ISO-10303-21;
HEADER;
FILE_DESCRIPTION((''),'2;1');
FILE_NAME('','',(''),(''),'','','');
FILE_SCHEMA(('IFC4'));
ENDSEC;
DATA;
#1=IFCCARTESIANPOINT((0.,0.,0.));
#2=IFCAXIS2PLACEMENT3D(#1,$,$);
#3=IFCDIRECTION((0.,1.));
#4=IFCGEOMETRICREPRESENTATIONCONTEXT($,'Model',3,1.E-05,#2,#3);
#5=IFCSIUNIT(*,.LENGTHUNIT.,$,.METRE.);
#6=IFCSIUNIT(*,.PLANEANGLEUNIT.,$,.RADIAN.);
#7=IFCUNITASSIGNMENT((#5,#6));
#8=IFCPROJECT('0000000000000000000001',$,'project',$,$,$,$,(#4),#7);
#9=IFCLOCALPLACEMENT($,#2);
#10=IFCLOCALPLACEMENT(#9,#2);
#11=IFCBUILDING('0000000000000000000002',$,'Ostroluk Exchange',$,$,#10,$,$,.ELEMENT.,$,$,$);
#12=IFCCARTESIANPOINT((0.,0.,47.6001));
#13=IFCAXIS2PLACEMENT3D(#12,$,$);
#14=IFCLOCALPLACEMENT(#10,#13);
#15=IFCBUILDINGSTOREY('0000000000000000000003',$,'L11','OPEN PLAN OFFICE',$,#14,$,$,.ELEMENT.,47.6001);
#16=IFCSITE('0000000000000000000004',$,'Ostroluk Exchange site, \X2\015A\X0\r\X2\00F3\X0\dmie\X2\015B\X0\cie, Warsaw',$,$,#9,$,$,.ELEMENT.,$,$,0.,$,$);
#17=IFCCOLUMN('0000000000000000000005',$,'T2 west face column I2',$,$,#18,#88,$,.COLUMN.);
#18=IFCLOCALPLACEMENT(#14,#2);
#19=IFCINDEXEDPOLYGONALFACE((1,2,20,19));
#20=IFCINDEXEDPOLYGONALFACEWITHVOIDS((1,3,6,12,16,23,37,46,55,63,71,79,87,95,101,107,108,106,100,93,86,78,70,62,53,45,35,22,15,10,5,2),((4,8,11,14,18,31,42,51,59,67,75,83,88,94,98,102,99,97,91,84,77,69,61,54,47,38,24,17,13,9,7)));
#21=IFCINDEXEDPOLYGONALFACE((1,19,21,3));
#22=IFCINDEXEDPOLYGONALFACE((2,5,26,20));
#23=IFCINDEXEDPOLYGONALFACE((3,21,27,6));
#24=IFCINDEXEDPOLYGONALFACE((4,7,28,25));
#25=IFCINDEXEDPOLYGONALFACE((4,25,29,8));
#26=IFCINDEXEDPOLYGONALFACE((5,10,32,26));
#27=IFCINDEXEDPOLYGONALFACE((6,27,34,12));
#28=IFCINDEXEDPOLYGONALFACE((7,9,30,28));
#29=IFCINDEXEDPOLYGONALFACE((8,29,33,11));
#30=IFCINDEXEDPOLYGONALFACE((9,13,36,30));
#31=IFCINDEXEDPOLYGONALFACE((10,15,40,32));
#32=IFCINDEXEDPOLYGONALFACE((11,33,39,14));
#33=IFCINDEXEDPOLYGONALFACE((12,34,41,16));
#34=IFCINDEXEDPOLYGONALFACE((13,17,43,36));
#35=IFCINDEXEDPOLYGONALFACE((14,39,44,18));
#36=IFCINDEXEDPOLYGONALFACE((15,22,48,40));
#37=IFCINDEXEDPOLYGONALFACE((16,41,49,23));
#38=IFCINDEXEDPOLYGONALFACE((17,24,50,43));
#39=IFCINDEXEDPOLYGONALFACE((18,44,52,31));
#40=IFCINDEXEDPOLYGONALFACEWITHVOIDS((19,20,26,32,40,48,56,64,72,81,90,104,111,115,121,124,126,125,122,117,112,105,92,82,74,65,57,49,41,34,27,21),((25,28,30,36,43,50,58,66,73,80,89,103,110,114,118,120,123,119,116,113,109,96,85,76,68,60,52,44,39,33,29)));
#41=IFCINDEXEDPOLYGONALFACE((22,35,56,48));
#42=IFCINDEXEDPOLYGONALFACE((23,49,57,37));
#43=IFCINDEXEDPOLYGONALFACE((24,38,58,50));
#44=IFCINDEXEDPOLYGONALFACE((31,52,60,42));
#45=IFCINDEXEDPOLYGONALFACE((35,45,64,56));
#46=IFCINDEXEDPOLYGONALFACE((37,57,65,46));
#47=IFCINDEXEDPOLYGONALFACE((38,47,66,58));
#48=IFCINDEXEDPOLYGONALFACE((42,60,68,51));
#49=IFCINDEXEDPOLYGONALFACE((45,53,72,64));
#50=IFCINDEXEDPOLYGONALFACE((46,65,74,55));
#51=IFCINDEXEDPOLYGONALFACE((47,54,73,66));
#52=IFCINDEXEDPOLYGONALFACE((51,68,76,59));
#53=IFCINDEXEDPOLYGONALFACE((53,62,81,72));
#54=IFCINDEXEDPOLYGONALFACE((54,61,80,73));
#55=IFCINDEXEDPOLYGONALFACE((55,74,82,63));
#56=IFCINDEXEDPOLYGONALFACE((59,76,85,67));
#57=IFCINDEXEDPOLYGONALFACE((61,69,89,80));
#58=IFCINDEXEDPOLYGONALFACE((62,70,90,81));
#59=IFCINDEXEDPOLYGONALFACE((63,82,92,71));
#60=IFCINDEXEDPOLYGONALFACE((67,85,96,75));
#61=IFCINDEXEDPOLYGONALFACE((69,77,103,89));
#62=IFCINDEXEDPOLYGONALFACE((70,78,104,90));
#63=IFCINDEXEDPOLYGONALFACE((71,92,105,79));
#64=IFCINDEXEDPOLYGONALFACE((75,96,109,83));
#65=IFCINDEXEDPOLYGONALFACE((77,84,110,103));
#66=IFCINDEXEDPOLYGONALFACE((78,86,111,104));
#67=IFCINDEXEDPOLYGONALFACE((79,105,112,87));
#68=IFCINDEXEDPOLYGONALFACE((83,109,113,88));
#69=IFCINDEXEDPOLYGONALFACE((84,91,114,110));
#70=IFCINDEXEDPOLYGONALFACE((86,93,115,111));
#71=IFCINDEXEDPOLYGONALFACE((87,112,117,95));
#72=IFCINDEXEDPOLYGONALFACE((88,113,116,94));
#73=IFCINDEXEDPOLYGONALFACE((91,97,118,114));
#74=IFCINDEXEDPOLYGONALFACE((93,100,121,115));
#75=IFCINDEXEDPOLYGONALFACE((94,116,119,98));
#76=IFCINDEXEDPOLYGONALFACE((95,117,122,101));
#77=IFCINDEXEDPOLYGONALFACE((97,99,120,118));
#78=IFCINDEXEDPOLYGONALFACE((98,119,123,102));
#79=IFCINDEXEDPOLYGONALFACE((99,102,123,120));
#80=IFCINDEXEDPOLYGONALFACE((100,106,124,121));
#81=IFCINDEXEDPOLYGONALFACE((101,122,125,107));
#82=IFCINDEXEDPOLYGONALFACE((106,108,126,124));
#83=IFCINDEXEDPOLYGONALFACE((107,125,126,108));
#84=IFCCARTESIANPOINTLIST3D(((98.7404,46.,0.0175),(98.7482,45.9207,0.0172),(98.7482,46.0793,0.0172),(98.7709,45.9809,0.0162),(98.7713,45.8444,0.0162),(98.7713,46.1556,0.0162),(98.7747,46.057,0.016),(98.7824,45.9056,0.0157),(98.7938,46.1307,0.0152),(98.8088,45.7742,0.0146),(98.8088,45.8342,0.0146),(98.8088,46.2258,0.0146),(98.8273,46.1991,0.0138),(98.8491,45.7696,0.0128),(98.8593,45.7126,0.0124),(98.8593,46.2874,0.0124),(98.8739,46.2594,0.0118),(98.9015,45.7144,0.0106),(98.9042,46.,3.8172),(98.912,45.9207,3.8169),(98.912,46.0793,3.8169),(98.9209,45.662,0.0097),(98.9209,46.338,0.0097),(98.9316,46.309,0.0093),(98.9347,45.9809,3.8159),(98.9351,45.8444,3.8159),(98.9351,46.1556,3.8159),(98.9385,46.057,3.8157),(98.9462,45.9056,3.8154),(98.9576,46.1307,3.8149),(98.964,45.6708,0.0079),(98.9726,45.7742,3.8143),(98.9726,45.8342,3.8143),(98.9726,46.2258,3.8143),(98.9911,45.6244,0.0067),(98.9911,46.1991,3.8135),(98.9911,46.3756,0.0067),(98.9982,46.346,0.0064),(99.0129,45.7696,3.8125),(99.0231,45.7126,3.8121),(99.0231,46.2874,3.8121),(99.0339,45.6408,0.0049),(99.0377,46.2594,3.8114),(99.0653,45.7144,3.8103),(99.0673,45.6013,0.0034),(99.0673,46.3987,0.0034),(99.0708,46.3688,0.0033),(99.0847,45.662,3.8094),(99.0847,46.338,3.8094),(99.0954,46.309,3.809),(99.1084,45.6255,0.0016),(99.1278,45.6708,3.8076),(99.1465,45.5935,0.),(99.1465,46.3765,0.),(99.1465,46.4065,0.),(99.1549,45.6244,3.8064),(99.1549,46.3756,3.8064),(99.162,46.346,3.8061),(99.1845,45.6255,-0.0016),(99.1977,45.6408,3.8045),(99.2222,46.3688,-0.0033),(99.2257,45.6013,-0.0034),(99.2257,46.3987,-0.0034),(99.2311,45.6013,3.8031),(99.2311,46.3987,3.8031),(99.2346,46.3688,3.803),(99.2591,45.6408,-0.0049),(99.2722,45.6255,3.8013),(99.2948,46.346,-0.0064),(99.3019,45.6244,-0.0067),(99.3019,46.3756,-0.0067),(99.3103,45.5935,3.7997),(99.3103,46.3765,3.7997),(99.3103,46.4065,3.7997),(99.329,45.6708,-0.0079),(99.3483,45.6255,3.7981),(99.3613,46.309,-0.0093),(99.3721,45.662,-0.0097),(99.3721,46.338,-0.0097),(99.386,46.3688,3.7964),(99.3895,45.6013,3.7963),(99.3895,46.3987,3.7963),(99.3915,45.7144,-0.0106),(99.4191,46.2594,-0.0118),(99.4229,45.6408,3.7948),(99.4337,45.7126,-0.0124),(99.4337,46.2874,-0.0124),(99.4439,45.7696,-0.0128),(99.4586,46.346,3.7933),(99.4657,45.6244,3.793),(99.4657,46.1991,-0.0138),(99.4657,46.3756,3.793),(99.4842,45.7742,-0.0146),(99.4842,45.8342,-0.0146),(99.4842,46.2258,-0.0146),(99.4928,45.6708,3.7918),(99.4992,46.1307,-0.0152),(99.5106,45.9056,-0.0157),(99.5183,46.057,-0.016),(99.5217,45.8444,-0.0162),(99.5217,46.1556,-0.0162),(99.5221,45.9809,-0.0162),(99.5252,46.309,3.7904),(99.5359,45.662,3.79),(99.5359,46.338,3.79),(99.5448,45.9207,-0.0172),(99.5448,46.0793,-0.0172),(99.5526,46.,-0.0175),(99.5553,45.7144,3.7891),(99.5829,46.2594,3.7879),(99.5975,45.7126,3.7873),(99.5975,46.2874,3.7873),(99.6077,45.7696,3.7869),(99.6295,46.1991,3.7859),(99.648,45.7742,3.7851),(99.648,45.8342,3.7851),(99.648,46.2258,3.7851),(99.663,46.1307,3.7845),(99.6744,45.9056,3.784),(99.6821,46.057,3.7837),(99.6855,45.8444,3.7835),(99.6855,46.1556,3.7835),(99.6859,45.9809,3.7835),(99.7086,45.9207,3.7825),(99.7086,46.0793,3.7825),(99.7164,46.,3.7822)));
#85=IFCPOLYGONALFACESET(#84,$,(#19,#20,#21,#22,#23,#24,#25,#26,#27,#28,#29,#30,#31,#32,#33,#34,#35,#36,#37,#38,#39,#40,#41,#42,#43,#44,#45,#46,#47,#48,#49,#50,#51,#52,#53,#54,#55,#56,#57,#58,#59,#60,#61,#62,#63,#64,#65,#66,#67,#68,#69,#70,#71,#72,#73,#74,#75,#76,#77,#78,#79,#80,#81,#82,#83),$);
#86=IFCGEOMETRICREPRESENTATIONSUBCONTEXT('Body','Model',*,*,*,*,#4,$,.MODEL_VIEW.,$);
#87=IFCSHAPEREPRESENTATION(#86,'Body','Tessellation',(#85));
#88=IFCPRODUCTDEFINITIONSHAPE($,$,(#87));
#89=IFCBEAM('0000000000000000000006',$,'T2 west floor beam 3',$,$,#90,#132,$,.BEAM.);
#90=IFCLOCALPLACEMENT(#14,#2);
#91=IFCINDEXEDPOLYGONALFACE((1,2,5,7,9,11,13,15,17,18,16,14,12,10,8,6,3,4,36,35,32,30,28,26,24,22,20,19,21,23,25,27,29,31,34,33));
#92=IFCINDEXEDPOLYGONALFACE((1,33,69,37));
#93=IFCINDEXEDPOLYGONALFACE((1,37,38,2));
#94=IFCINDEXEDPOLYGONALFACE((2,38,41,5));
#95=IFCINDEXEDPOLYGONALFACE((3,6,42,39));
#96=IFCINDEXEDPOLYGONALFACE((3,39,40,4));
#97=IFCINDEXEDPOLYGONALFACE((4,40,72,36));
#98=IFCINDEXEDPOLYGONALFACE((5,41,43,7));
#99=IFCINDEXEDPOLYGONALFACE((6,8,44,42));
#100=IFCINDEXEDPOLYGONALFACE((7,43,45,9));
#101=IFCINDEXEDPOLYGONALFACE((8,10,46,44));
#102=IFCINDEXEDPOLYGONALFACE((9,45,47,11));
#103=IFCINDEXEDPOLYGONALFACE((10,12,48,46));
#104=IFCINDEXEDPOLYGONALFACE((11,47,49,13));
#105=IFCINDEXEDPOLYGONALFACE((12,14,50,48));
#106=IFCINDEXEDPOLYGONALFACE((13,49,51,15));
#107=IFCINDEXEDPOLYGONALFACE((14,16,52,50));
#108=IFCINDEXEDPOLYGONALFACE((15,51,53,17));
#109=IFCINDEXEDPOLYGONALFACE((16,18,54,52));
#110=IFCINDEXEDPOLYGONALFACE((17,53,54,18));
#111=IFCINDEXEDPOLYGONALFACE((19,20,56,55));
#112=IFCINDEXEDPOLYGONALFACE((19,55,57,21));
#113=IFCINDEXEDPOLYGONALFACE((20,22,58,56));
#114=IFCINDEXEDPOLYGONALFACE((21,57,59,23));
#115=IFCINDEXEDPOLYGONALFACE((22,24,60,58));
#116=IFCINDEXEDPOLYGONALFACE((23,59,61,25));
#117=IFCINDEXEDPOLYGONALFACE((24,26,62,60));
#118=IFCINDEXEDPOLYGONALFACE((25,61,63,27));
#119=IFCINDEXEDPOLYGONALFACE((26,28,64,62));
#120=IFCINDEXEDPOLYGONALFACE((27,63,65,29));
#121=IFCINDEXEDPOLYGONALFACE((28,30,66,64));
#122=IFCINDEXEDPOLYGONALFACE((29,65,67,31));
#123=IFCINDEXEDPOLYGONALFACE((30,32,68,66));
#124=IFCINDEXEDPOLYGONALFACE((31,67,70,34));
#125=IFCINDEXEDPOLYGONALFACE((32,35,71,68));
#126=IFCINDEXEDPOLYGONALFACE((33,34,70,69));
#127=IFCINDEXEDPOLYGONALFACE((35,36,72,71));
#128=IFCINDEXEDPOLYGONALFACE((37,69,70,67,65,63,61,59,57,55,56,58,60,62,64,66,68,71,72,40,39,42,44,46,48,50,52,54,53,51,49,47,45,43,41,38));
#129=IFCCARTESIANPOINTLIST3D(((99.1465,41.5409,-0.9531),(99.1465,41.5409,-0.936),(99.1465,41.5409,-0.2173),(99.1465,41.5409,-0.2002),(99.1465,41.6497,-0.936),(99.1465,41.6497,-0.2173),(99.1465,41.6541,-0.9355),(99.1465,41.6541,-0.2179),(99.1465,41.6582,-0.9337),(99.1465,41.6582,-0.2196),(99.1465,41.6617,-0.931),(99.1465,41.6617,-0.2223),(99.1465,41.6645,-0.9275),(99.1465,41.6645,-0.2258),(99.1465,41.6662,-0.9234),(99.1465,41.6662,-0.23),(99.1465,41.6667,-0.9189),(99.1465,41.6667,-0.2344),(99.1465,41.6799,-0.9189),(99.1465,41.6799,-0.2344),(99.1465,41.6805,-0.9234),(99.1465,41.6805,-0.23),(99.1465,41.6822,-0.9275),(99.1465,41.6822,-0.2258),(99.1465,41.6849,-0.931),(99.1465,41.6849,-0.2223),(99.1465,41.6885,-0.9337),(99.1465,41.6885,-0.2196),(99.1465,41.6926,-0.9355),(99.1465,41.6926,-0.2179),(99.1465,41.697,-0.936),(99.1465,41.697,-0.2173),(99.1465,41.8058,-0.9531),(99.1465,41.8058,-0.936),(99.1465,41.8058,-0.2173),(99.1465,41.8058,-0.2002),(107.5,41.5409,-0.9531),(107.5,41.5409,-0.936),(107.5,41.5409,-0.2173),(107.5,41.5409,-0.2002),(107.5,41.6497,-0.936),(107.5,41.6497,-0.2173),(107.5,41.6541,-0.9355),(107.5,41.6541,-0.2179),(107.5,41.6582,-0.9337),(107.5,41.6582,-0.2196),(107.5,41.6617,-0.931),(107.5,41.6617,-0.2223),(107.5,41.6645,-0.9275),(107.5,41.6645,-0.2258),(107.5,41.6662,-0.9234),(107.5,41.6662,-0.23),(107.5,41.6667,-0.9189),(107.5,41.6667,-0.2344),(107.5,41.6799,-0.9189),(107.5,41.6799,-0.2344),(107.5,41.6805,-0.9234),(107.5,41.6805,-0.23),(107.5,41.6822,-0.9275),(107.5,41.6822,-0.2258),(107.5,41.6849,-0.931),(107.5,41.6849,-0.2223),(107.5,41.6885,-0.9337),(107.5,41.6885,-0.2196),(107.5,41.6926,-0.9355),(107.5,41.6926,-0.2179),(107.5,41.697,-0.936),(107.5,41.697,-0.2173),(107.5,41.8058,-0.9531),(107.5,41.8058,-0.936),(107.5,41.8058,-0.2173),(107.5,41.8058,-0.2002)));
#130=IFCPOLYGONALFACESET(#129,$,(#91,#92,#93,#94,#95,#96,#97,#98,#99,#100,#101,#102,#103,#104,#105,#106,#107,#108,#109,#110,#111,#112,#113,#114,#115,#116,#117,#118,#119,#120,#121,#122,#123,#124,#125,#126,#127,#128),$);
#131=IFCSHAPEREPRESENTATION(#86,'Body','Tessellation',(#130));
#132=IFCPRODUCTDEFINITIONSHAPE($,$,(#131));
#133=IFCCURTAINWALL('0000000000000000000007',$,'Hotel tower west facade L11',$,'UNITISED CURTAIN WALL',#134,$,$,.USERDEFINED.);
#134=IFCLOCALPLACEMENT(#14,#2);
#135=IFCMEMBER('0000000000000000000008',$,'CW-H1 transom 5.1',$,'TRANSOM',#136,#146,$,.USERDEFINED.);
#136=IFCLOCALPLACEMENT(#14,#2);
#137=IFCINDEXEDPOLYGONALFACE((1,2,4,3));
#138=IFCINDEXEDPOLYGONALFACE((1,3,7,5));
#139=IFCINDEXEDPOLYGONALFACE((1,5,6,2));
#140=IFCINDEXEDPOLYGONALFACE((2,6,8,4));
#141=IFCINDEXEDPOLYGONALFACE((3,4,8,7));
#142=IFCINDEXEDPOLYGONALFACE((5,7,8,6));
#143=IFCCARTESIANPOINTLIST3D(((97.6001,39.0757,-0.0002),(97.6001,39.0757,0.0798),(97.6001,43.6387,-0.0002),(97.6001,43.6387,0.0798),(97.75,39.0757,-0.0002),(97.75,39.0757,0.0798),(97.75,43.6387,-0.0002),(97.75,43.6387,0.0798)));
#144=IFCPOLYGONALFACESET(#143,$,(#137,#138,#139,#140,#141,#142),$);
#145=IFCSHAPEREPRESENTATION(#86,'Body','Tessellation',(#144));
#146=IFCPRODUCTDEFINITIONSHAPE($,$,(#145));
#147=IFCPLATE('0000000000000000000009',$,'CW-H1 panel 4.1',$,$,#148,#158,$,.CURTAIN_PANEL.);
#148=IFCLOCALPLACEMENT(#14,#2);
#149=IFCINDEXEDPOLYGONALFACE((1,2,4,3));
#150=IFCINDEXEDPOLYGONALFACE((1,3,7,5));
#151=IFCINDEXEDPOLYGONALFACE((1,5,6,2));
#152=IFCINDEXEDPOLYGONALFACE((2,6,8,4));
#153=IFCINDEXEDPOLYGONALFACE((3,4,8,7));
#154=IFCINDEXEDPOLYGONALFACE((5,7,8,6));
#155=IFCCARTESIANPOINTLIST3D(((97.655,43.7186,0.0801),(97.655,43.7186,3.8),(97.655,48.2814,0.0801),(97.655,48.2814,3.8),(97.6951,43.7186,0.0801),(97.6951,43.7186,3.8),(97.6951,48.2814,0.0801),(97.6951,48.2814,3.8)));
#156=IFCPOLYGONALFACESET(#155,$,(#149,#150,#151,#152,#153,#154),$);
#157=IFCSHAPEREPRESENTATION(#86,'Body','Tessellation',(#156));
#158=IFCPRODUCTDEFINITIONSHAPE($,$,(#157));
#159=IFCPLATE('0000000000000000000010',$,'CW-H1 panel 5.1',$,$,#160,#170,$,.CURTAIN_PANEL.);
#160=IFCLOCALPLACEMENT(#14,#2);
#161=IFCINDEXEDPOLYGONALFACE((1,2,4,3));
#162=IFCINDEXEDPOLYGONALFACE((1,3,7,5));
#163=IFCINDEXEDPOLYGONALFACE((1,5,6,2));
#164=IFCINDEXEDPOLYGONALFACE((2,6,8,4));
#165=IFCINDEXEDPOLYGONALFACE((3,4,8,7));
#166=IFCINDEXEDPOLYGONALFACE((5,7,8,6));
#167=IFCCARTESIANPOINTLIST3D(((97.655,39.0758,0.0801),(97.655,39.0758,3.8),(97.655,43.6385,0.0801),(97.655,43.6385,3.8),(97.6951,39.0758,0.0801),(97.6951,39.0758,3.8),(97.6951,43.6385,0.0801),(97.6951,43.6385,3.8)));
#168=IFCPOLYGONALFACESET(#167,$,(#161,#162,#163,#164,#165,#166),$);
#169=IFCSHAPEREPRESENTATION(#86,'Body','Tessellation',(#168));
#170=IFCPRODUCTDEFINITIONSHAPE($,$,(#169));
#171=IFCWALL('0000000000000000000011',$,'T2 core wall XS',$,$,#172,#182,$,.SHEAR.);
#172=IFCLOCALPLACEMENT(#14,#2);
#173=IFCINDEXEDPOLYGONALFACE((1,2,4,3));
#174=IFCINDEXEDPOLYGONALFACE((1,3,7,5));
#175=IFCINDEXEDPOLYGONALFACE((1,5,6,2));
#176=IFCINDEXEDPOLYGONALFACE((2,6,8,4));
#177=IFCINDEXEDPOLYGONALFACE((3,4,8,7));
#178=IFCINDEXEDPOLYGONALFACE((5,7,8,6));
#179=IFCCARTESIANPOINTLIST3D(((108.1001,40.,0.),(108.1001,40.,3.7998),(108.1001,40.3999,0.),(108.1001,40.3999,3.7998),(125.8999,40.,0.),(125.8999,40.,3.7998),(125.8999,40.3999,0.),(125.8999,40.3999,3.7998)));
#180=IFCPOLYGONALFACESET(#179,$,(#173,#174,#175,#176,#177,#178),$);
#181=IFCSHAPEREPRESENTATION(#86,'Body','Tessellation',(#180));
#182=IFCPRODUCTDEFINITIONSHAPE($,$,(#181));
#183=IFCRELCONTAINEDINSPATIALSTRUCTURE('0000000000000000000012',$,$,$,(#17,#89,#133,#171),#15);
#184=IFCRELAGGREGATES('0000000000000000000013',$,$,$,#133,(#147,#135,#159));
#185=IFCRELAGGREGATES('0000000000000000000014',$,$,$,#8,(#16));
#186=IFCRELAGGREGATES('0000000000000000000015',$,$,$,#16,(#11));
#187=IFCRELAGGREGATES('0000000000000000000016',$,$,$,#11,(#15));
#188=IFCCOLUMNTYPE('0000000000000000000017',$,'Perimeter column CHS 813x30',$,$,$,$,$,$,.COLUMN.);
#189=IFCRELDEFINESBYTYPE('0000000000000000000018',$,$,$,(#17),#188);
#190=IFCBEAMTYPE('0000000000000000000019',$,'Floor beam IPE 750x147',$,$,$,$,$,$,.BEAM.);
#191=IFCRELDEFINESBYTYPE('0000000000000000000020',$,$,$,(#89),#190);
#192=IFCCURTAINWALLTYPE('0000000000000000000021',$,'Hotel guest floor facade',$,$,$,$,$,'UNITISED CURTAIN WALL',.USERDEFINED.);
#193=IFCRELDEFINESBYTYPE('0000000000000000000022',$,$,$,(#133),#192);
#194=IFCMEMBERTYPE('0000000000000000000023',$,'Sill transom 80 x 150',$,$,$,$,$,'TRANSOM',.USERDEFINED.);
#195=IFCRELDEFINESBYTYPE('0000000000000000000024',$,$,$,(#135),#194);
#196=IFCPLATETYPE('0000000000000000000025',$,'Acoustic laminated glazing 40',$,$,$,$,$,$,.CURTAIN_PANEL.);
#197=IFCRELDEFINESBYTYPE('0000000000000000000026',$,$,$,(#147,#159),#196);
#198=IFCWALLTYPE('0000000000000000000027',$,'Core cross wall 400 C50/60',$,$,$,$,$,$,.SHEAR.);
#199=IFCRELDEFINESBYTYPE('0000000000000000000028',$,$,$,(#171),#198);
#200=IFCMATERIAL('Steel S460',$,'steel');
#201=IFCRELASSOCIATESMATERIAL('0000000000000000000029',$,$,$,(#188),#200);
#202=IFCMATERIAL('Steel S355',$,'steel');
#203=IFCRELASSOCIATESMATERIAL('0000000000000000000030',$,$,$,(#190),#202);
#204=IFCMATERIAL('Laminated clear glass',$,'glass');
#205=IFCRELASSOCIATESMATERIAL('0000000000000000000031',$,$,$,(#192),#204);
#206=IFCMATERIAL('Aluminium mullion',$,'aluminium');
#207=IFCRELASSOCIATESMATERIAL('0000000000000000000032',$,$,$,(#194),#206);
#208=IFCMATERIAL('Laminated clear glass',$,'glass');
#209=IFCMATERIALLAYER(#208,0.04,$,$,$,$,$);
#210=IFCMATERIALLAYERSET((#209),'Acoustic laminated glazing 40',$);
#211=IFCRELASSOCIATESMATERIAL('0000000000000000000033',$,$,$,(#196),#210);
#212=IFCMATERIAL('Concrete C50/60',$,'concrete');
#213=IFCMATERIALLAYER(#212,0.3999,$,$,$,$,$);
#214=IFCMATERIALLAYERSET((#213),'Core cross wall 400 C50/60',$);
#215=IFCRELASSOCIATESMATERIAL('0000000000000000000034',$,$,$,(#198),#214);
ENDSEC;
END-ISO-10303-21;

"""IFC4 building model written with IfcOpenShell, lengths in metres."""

from ifc_helpers import new_model, si_unit, direction, frame, frame_2d, origin, origin_2d, place, context, subcontext, project, spatial, rectangle, hollow_circle, i_section, extrude, material, layer, layer_set, material_profile, profile_set, type_object, element, aggregate, save


model = new_model("IFC4")

# Units and contexts
model_context = context("Model", 3, precision=1e-05, world=origin(), true_north=direction((0.0, 1.0)))
body_context = subcontext(model_context, "Body", "Model", "MODEL_VIEW")
ifc_project = project(units=[si_unit("LENGTHUNIT", "METRE"), si_unit("PLANEANGLEUNIT", "RADIAN")], contexts=[model_context])

# Site, building, storey
site_placement = place(None, origin())
site = spatial("IfcSite", under=ifc_project, at=site_placement, Name="Ostroluk Exchange site, Śródmieście, Warsaw", CompositionType="ELEMENT", RefElevation=0.0)
building_placement = place(site_placement, origin())
building = spatial("IfcBuilding", under=site, at=building_placement, Name="Ostroluk Exchange", CompositionType="ELEMENT")
storey_placement = place(building_placement, frame((0.0, 0.0, 47.6001)))
storey = spatial("IfcBuildingStorey", under=building, at=storey_placement, Name="L11", Description="OPEN PLAN OFFICE", CompositionType="ELEMENT", Elevation=47.6001)

# Column
ifc_material_1 = material(Name="Steel S460", Category="steel")
ifc_material_profile_1 = material_profile(ifc_material_1, hollow_circle(Radius=0.4065, WallThickness=0.03, at=origin_2d()), Name="CHS 813x30")
ifc_profile_set_1 = profile_set([ifc_material_profile_1], Name="Steel S460")
column_type = type_object("IfcColumnType", Name="Perimeter column CHS 813x30", PredefinedType="COLUMN", material=ifc_profile_set_1)
column_placement = place(storey_placement, frame((99.1465, 46.0, 0.0), z_axis=(0.043072, 0.0, 0.999072), x_axis=(0.0, 1.0, 0.0)))
element("IfcColumn", 1, at=column_placement, inside=storey, type_object=column_type, Name="T2 west face column I2", PredefinedType="COLUMN", context=body_context, shape_type="SweptSolid", body=[
    extrude(hollow_circle(Radius=0.4065, WallThickness=0.03, at=origin_2d()), origin(), (0.0, 0.0, 1.0), 3.8032),
])

# Beam
ifc_material_2 = material(Name="Steel S355", Category="steel")
ifc_material_profile_2 = material_profile(ifc_material_2, i_section(OverallWidth=0.2649, OverallDepth=0.7529, WebThickness=0.0132, FlangeThickness=0.0171, FilletRadius=0.0171, at=origin_2d()), Name="IPE 750x147")
ifc_profile_set_2 = profile_set([ifc_material_profile_2], Name="Steel S355")
beam_type = type_object("IfcBeamType", Name="Floor beam IPE 750x147", PredefinedType="BEAM", material=ifc_profile_set_2)
beam_placement = place(storey_placement, frame((107.5, 41.6733, -0.5767), z_axis=(-1.0, 0.0, 0.0), x_axis=(0.0, -1.0, 0.0)))
element("IfcBeam", 2, at=beam_placement, inside=storey, type_object=beam_type, Name="T2 west floor beam 3", PredefinedType="BEAM", context=body_context, shape_type="SweptSolid", body=[
    extrude(i_section(OverallWidth=0.2649, OverallDepth=0.7529, WebThickness=0.0132, FlangeThickness=0.0171, FilletRadius=0.0171, at=origin_2d()), origin(), (0.0, 0.0, 1.0), 8.3535),
])

# Curtain wall, member, plates
ifc_material_3 = material(Name="Laminated clear glass", Category="glass")
curtain_wall_type = type_object("IfcCurtainWallType", Name="Hotel guest floor facade", ElementType="UNITISED CURTAIN WALL", PredefinedType="USERDEFINED", material=ifc_material_3)
curtain_wall_placement = place(storey_placement, origin())
curtain_wall = element("IfcCurtainWall", 3, at=curtain_wall_placement, inside=storey, type_object=curtain_wall_type, Name="Hotel tower west facade L11", ObjectType="UNITISED CURTAIN WALL", PredefinedType="USERDEFINED")
ifc_material_4 = material(Name="Aluminium mullion", Category="aluminium")
ifc_material_profile_3 = material_profile(ifc_material_4, rectangle(XDim=0.1499, YDim=0.0801, at=origin_2d()), Name="Sill transom 80 x 150")
ifc_profile_set_3 = profile_set([ifc_material_profile_3], Name="Aluminium mullion")
member_type = type_object("IfcMemberType", Name="Sill transom 80 x 150", ElementType="TRANSOM", PredefinedType="USERDEFINED", material=ifc_profile_set_3)
member_placement = place(storey_placement, frame((97.675, 43.6387, 0.0398), z_axis=(0.0, -1.0, 0.0), x_axis=(1.0, 0.0, 0.0)))
member = element("IfcMember", 4, at=member_placement, type_object=member_type, Name="CW-H1 transom 5.1", ObjectType="TRANSOM", PredefinedType="USERDEFINED", context=body_context, shape_type="SweptSolid", body=[
    extrude(rectangle(XDim=0.1499, YDim=0.0801, at=origin_2d()), origin(), (0.0, 0.0, 1.0), 4.563),
])
ifc_material_5 = material(Name="Laminated clear glass", Category="glass")
ifc_layer_1 = layer(ifc_material_5, 0.04)
ifc_layer_set_1 = layer_set([ifc_layer_1], Name="Acoustic laminated glazing 40")
plate_type = type_object("IfcPlateType", Name="Acoustic laminated glazing 40", PredefinedType="CURTAIN_PANEL", material=ifc_layer_set_1)
plate_1_placement = place(storey_placement, frame((97.675, 46.0, 0.0801), z_axis=(0.0, 0.0, 1.0), x_axis=(0.0, -1.0, 0.0)))
plate_1 = element("IfcPlate", 5, at=plate_1_placement, type_object=plate_type, Name="CW-H1 panel 4.1", PredefinedType="CURTAIN_PANEL", context=body_context, shape_type="SweptSolid", body=[
    extrude(rectangle(XDim=4.5627, YDim=0.04, at=origin_2d()), origin(), (0.0, 0.0, 1.0), 3.72),
])
plate_2_placement = place(storey_placement, frame((97.675, 41.3572, 0.0801), z_axis=(0.0, 0.0, 1.0), x_axis=(0.0, -1.0, 0.0)))
plate_2 = element("IfcPlate", 6, at=plate_2_placement, type_object=plate_type, Name="CW-H1 panel 5.1", PredefinedType="CURTAIN_PANEL", context=body_context, shape_type="SweptSolid", body=[
    extrude(rectangle(XDim=4.5627, YDim=0.04, at=origin_2d()), origin(), (0.0, 0.0, 1.0), 3.72),
])
aggregate(curtain_wall, [plate_1, member, plate_2])

# Wall
ifc_material_6 = material(Name="Concrete C50/60", Category="concrete")
ifc_layer_2 = layer(ifc_material_6, 0.3999)
ifc_layer_set_2 = layer_set([ifc_layer_2], Name="Core cross wall 400 C50/60")
wall_type_1 = type_object("IfcWallType", Name="Core cross wall 400 C50/60", PredefinedType="SHEAR", material=ifc_layer_set_2)
wall_1_placement = place(storey_placement, frame((108.1001, 40.2, 0.0), z_axis=(0.0, 0.0, 1.0), x_axis=(1.0, 0.0, 0.0)))
element("IfcWall", 7, at=wall_1_placement, inside=storey, type_object=wall_type_1, Name="T2 core wall XS", PredefinedType="SHEAR", context=body_context, shape_type="SweptSolid", body=[
    extrude(rectangle(XDim=17.7998, YDim=0.3999, at=frame_2d((8.8999, 0.0))), origin(), (0.0, 0.0, 1.0), 3.7998),
])

save(model, "model.ifc")
